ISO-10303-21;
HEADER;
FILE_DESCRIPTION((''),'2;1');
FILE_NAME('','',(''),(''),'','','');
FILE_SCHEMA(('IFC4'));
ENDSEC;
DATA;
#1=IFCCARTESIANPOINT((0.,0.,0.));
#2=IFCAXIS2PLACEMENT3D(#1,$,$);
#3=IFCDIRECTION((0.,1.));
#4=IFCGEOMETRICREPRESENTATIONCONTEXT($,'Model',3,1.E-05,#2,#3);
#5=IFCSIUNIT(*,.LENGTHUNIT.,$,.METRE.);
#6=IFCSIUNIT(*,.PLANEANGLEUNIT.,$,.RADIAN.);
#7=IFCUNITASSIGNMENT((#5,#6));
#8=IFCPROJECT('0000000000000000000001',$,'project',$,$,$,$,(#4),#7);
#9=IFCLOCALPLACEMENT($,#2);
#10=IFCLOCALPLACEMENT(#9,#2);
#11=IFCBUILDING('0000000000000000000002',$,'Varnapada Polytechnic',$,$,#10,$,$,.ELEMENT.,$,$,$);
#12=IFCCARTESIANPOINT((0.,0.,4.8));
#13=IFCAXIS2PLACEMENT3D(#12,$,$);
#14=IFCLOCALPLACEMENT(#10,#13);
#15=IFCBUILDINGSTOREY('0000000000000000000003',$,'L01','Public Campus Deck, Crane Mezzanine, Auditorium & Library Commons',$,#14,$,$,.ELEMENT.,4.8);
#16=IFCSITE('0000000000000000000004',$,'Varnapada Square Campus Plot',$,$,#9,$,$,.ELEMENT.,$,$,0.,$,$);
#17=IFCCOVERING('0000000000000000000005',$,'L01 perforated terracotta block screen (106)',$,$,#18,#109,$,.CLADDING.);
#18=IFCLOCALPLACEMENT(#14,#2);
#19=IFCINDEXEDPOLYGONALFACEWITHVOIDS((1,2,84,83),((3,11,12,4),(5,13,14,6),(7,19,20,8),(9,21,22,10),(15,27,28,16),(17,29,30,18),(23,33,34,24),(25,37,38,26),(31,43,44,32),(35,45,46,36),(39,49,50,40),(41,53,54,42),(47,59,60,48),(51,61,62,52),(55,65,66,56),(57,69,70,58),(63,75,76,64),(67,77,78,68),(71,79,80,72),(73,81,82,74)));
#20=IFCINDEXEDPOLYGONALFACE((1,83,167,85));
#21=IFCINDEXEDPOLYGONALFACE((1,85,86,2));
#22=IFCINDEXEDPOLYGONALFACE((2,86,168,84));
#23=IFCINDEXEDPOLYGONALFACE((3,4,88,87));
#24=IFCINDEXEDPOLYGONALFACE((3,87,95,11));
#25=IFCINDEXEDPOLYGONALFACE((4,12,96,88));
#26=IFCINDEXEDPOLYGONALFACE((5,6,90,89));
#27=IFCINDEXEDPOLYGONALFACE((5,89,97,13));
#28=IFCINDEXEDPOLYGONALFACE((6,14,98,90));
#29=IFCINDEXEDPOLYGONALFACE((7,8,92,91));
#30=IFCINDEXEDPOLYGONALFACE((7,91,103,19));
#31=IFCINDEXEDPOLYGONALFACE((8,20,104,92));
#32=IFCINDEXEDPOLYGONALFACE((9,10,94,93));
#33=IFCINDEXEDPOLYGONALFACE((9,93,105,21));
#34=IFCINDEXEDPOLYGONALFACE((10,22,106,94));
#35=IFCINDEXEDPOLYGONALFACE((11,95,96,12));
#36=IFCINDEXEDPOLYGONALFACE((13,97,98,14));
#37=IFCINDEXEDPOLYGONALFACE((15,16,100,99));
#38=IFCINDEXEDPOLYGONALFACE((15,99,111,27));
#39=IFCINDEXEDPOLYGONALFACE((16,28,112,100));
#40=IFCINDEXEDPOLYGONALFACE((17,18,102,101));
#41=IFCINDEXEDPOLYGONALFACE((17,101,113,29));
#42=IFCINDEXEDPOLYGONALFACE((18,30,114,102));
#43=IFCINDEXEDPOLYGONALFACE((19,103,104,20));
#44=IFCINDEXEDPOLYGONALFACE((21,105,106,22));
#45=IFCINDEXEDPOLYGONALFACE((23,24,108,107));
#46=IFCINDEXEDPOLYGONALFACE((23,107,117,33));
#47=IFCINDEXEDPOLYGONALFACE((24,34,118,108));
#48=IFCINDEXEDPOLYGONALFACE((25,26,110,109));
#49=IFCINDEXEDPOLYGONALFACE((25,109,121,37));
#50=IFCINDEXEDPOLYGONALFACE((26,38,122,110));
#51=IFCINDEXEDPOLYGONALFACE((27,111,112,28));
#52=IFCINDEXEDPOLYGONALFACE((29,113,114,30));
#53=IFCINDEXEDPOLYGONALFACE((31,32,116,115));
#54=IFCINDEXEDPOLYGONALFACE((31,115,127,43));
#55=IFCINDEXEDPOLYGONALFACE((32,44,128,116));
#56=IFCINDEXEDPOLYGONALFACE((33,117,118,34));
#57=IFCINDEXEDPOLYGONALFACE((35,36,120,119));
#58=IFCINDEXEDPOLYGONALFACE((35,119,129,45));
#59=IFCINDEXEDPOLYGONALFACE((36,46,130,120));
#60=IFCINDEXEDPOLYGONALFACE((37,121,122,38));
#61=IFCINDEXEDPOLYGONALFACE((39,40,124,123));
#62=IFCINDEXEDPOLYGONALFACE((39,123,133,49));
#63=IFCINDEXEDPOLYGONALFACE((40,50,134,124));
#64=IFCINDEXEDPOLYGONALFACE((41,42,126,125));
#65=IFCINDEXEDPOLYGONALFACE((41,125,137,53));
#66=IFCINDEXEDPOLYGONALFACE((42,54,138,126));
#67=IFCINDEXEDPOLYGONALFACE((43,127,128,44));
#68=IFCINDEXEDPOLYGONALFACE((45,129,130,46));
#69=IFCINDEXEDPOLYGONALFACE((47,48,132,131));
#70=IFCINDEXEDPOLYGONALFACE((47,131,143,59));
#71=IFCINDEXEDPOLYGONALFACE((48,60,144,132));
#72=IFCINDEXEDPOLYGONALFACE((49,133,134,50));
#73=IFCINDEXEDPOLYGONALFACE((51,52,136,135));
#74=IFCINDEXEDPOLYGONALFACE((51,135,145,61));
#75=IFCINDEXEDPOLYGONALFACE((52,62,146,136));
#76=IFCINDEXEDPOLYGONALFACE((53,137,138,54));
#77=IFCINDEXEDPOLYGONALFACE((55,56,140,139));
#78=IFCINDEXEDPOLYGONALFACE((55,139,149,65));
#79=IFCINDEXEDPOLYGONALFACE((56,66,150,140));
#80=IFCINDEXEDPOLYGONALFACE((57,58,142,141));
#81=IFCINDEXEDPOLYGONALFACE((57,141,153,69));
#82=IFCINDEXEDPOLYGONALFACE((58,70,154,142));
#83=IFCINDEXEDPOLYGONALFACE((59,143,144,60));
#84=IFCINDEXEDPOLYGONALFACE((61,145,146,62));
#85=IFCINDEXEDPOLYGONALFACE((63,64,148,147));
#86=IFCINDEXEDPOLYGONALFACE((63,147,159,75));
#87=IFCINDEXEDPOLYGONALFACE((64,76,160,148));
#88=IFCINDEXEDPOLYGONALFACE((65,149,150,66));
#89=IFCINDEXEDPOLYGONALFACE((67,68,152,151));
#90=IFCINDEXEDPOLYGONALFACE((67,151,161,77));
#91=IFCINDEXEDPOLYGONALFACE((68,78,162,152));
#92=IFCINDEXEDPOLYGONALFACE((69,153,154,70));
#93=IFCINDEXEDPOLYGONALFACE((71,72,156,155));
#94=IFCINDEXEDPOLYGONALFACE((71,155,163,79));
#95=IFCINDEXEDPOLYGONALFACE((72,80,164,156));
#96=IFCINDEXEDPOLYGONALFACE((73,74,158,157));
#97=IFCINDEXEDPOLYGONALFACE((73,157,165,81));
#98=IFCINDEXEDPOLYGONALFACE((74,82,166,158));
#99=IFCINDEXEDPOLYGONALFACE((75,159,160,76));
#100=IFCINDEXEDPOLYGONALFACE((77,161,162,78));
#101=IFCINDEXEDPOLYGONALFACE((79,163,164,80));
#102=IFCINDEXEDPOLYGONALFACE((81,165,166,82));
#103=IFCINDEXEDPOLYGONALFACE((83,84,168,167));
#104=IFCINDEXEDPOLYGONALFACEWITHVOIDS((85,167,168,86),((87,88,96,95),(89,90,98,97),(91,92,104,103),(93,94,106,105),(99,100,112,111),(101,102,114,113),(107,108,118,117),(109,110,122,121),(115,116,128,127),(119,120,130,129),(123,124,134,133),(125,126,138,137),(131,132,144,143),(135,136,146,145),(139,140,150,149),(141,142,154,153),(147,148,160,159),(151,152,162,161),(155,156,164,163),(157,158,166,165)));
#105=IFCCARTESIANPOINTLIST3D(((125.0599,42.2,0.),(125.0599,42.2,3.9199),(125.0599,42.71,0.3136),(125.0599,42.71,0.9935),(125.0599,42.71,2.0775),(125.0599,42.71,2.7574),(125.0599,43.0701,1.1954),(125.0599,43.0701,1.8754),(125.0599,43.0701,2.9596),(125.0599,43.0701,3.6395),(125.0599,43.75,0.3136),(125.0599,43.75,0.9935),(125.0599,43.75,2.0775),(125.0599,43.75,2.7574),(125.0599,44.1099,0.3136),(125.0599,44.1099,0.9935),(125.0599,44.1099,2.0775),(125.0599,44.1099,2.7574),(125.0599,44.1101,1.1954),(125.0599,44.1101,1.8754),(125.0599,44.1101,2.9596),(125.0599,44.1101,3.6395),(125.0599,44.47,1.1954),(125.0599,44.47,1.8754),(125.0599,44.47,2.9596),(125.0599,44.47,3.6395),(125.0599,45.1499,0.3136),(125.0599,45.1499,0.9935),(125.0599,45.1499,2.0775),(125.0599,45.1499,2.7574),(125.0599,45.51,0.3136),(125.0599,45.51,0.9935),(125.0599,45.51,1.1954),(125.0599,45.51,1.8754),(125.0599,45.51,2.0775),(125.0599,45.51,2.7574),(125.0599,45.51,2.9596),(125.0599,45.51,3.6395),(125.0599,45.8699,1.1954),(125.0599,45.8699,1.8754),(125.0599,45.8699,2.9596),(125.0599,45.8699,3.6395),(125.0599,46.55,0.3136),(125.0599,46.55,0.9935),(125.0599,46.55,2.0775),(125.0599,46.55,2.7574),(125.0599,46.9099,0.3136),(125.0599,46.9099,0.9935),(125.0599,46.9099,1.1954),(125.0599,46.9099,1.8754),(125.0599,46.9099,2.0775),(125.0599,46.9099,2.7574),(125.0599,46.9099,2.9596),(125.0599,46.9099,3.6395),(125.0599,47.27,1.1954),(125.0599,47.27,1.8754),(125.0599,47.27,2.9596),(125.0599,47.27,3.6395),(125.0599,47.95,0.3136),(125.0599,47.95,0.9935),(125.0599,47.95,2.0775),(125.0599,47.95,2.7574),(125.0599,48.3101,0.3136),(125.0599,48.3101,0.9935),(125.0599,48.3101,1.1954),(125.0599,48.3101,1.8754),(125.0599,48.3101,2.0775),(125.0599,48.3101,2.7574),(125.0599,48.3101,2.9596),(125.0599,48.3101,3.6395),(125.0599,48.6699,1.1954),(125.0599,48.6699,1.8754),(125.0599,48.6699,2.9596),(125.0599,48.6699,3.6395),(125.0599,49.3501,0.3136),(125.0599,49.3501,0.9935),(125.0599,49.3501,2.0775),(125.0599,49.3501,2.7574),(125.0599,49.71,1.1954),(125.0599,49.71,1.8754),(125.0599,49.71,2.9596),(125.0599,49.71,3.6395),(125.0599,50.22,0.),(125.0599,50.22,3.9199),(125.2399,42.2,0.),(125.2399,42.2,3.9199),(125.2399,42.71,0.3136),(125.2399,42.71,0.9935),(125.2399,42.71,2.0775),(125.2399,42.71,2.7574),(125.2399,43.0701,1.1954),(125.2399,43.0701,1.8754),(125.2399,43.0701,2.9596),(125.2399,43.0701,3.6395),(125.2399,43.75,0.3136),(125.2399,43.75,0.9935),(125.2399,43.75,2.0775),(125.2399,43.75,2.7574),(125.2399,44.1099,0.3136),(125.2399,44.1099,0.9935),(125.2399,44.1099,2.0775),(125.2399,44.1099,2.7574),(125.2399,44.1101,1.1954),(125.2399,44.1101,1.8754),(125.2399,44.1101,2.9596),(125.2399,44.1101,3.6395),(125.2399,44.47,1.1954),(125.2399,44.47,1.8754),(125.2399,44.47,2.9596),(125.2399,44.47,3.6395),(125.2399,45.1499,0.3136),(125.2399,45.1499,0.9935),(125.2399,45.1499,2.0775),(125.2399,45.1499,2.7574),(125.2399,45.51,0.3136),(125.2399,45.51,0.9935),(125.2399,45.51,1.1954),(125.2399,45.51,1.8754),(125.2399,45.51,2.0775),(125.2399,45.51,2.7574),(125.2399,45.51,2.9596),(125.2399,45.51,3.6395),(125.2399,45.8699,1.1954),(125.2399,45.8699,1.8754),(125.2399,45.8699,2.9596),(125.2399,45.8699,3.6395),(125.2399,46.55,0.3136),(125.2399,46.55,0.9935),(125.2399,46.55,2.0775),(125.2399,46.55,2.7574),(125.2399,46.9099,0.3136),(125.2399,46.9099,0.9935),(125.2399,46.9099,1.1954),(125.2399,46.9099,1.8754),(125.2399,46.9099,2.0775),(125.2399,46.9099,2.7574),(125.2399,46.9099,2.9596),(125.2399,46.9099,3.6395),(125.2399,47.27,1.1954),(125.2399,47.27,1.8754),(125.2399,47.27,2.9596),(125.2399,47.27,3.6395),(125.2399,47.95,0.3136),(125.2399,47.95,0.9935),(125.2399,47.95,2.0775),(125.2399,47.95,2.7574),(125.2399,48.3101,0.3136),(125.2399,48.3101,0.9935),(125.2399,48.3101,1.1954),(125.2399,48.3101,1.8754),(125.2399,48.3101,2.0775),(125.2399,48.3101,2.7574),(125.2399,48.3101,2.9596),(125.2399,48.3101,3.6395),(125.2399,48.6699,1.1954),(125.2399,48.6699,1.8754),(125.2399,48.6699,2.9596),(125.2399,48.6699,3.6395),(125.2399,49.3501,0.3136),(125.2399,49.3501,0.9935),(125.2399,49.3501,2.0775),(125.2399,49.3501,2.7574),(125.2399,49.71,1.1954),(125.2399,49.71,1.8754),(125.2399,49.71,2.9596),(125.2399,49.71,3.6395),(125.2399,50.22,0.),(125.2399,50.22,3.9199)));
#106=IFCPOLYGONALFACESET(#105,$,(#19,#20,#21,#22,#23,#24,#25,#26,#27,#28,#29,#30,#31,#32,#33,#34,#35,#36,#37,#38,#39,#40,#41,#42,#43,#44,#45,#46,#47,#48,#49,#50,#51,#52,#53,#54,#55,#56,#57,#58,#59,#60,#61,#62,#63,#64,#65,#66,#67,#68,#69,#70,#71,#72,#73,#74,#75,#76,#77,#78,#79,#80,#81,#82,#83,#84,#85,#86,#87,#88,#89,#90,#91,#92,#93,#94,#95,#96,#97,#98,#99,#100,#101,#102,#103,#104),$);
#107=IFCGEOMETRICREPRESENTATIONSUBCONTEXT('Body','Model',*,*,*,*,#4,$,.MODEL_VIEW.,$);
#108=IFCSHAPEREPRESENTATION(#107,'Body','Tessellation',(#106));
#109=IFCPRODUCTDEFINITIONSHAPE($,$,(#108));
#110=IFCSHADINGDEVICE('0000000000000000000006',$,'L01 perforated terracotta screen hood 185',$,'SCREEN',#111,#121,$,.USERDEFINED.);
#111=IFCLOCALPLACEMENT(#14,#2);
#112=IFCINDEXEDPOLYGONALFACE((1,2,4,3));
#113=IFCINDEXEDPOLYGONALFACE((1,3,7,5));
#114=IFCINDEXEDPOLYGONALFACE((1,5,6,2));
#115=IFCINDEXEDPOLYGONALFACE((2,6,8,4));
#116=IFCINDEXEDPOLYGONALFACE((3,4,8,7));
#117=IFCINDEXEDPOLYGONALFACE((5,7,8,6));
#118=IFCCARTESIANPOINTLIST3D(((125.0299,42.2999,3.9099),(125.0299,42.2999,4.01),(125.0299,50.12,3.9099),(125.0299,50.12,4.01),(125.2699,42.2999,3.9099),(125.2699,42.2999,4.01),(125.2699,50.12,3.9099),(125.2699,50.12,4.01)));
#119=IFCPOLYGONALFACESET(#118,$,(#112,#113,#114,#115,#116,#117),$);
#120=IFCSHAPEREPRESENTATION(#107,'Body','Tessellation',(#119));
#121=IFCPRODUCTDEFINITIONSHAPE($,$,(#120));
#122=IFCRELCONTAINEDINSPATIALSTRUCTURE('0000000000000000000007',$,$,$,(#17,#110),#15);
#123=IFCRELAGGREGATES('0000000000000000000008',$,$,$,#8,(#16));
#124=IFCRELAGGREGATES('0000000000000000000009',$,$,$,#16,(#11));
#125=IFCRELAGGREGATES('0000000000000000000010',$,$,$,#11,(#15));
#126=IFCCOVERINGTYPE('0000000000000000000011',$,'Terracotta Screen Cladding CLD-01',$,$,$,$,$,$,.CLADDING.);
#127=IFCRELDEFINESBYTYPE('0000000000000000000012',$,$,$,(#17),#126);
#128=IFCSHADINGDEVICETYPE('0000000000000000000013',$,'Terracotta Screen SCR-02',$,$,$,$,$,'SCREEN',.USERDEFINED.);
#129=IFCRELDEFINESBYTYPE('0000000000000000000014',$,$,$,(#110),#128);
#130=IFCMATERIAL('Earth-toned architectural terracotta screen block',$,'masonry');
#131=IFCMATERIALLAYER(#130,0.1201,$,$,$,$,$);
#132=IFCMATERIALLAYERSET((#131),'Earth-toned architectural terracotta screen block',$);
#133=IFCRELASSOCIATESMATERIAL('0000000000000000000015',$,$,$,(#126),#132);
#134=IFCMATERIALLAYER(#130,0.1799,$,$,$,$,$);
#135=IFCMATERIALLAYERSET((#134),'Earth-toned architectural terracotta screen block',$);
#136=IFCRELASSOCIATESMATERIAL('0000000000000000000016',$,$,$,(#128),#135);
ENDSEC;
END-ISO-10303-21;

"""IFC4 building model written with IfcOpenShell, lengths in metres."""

from ifc_helpers import new_model, si_unit, direction, frame, frame_2d, origin, origin_2d, place, context, subcontext, project, spatial, rectangle, extrude, material, layer, layer_set, type_object, element, save


model = new_model("IFC4")

# Units and contexts
model_context = context("Model", 3, precision=1e-05, world=origin(), true_north=direction((0.0, 1.0)))
body_context = subcontext(model_context, "Body", "Model", "MODEL_VIEW")
ifc_project = project(units=[si_unit("LENGTHUNIT", "METRE"), si_unit("PLANEANGLEUNIT", "RADIAN")], contexts=[model_context])

# Site, building, storey
site_placement = place(None, origin())
site = spatial("IfcSite", under=ifc_project, at=site_placement, Name="Varnapada Square Campus Plot", CompositionType="ELEMENT", RefElevation=0.0)
building_placement = place(site_placement, origin())
building = spatial("IfcBuilding", under=site, at=building_placement, Name="Varnapada Polytechnic", CompositionType="ELEMENT")
storey_placement = place(building_placement, frame((0.0, 0.0, 4.8)))
storey = spatial("IfcBuildingStorey", under=building, at=storey_placement, Name="L01", Description="Public Campus Deck, Crane Mezzanine, Auditorium & Library Commons", CompositionType="ELEMENT", Elevation=4.8)

# Covering, openings
ifc_material_1 = material(Name="Earth-toned architectural terracotta screen block", Category="masonry")
ifc_layer_1 = layer(ifc_material_1, 0.1201)
ifc_layer_set_1 = layer_set([ifc_layer_1], Name="Earth-toned architectural terracotta screen block")
covering_type = type_object("IfcCoveringType", Name="Terracotta Screen Cladding CLD-01", PredefinedType="CLADDING", material=ifc_layer_set_1)
covering_placement = place(storey_placement, frame((125.1499, 42.2, 0.0), z_axis=(0.0, 0.0, 1.0), x_axis=(0.0, 1.0, 0.0)))
covering = element("IfcCovering", 1, at=covering_placement, inside=storey, type_object=covering_type, Name="L01 perforated terracotta block screen (106)", PredefinedType="CLADDING", context=body_context, shape_type="SweptSolid", body=[
    extrude(rectangle(XDim=8.02, YDim=0.1799, at=frame_2d((4.01, 0.0))), origin(), (0.0, 0.0, 1.0), 3.9199),
])
opening_1_placement = place(covering_placement, frame((0.51, 0.0, 0.3137)))
element("IfcOpeningElement", 2, at=opening_1_placement, cuts=covering, PredefinedType="OPENING", context=body_context, shape_type="SweptSolid", body=[
    extrude(rectangle(XDim=1.04, YDim=0.6799, at=frame_2d((0.52, 0.3398))), frame((0.0, 0.0999, 0.0), z_axis=(0.0, -1.0, 0.0), x_axis=(1.0, 0.0, 0.0)), (0.0, 0.0, 1.0), 0.2),
])
opening_2_placement = place(covering_placement, frame((1.9099, 0.0, 0.3137)))
element("IfcOpeningElement", 3, at=opening_2_placement, cuts=covering, PredefinedType="OPENING", context=body_context, shape_type="SweptSolid", body=[
    extrude(rectangle(XDim=1.04, YDim=0.6799, at=frame_2d((0.52, 0.3398))), frame((0.0, 0.0999, 0.0), z_axis=(0.0, -1.0, 0.0), x_axis=(1.0, 0.0, 0.0)), (0.0, 0.0, 1.0), 0.2),
])
opening_3_placement = place(covering_placement, frame((3.3101, 0.0, 0.3137)))
element("IfcOpeningElement", 4, at=opening_3_placement, cuts=covering, PredefinedType="OPENING", context=body_context, shape_type="SweptSolid", body=[
    extrude(rectangle(XDim=1.04, YDim=0.6799, at=frame_2d((0.52, 0.3398))), frame((0.0, 0.0999, 0.0), z_axis=(0.0, -1.0, 0.0), x_axis=(1.0, 0.0, 0.0)), (0.0, 0.0, 1.0), 0.2),
])
opening_4_placement = place(covering_placement, frame((4.71, 0.0, 0.3137)))
element("IfcOpeningElement", 5, at=opening_4_placement, cuts=covering, PredefinedType="OPENING", context=body_context, shape_type="SweptSolid", body=[
    extrude(rectangle(XDim=1.04, YDim=0.6799, at=frame_2d((0.52, 0.3398))), frame((0.0, 0.0999, 0.0), z_axis=(0.0, -1.0, 0.0), x_axis=(1.0, 0.0, 0.0)), (0.0, 0.0, 1.0), 0.2),
])
opening_5_placement = place(covering_placement, frame((6.1101, 0.0, 0.3137)))
element("IfcOpeningElement", 6, at=opening_5_placement, cuts=covering, PredefinedType="OPENING", context=body_context, shape_type="SweptSolid", body=[
    extrude(rectangle(XDim=1.04, YDim=0.6799, at=frame_2d((0.52, 0.3398))), frame((0.0, 0.0999, 0.0), z_axis=(0.0, -1.0, 0.0), x_axis=(1.0, 0.0, 0.0)), (0.0, 0.0, 1.0), 0.2),
])
opening_6_placement = place(covering_placement, frame((0.8701, 0.0, 1.1956)))
element("IfcOpeningElement", 7, at=opening_6_placement, cuts=covering, PredefinedType="OPENING", context=body_context, shape_type="SweptSolid", body=[
    extrude(rectangle(XDim=1.04, YDim=0.6799, at=frame_2d((0.52, 0.3398))), frame((0.0, 0.0999, 0.0), z_axis=(0.0, -1.0, 0.0), x_axis=(1.0, 0.0, 0.0)), (0.0, 0.0, 1.0), 0.2),
])
opening_7_placement = place(covering_placement, frame((2.27, 0.0, 1.1956)))
element("IfcOpeningElement", 8, at=opening_7_placement, cuts=covering, PredefinedType="OPENING", context=body_context, shape_type="SweptSolid", body=[
    extrude(rectangle(XDim=1.04, YDim=0.6799, at=frame_2d((0.52, 0.3398))), frame((0.0, 0.0999, 0.0), z_axis=(0.0, -1.0, 0.0), x_axis=(1.0, 0.0, 0.0)), (0.0, 0.0, 1.0), 0.2),
])
opening_8_placement = place(covering_placement, frame((3.6699, 0.0, 1.1956)))
element("IfcOpeningElement", 9, at=opening_8_placement, cuts=covering, PredefinedType="OPENING", context=body_context, shape_type="SweptSolid", body=[
    extrude(rectangle(XDim=1.04, YDim=0.6799, at=frame_2d((0.52, 0.3398))), frame((0.0, 0.0999, 0.0), z_axis=(0.0, -1.0, 0.0), x_axis=(1.0, 0.0, 0.0)), (0.0, 0.0, 1.0), 0.2),
])
opening_9_placement = place(covering_placement, frame((5.0701, 0.0, 1.1956)))
element("IfcOpeningElement", 10, at=opening_9_placement, cuts=covering, PredefinedType="OPENING", context=body_context, shape_type="SweptSolid", body=[
    extrude(rectangle(XDim=1.04, YDim=0.6799, at=frame_2d((0.52, 0.3398))), frame((0.0, 0.0999, 0.0), z_axis=(0.0, -1.0, 0.0), x_axis=(1.0, 0.0, 0.0)), (0.0, 0.0, 1.0), 0.2),
])
opening_10_placement = place(covering_placement, frame((6.47, 0.0, 1.1956)))
element("IfcOpeningElement", 11, at=opening_10_placement, cuts=covering, PredefinedType="OPENING", context=body_context, shape_type="SweptSolid", body=[
    extrude(rectangle(XDim=1.04, YDim=0.6799, at=frame_2d((0.52, 0.3398))), frame((0.0, 0.0999, 0.0), z_axis=(0.0, -1.0, 0.0), x_axis=(1.0, 0.0, 0.0)), (0.0, 0.0, 1.0), 0.2),
])
opening_11_placement = place(covering_placement, frame((0.51, 0.0, 2.0776)))
element("IfcOpeningElement", 12, at=opening_11_placement, cuts=covering, PredefinedType="OPENING", context=body_context, shape_type="SweptSolid", body=[
    extrude(rectangle(XDim=1.04, YDim=0.6799, at=frame_2d((0.52, 0.3398))), frame((0.0, 0.0999, 0.0), z_axis=(0.0, -1.0, 0.0), x_axis=(1.0, 0.0, 0.0)), (0.0, 0.0, 1.0), 0.2),
])
opening_12_placement = place(covering_placement, frame((1.9099, 0.0, 2.0776)))
element("IfcOpeningElement", 13, at=opening_12_placement, cuts=covering, PredefinedType="OPENING", context=body_context, shape_type="SweptSolid", body=[
    extrude(rectangle(XDim=1.04, YDim=0.6799, at=frame_2d((0.52, 0.3398))), frame((0.0, 0.0999, 0.0), z_axis=(0.0, -1.0, 0.0), x_axis=(1.0, 0.0, 0.0)), (0.0, 0.0, 1.0), 0.2),
])
opening_13_placement = place(covering_placement, frame((3.3101, 0.0, 2.0776)))
element("IfcOpeningElement", 14, at=opening_13_placement, cuts=covering, PredefinedType="OPENING", context=body_context, shape_type="SweptSolid", body=[
    extrude(rectangle(XDim=1.04, YDim=0.6799, at=frame_2d((0.52, 0.3398))), frame((0.0, 0.0999, 0.0), z_axis=(0.0, -1.0, 0.0), x_axis=(1.0, 0.0, 0.0)), (0.0, 0.0, 1.0), 0.2),
])
opening_14_placement = place(covering_placement, frame((4.71, 0.0, 2.0776)))
element("IfcOpeningElement", 15, at=opening_14_placement, cuts=covering, PredefinedType="OPENING", context=body_context, shape_type="SweptSolid", body=[
    extrude(rectangle(XDim=1.04, YDim=0.6799, at=frame_2d((0.52, 0.3398))), frame((0.0, 0.0999, 0.0), z_axis=(0.0, -1.0, 0.0), x_axis=(1.0, 0.0, 0.0)), (0.0, 0.0, 1.0), 0.2),
])
opening_15_placement = place(covering_placement, frame((6.1101, 0.0, 2.0776)))
element("IfcOpeningElement", 16, at=opening_15_placement, cuts=covering, PredefinedType="OPENING", context=body_context, shape_type="SweptSolid", body=[
    extrude(rectangle(XDim=1.04, YDim=0.6799, at=frame_2d((0.52, 0.3398))), frame((0.0, 0.0999, 0.0), z_axis=(0.0, -1.0, 0.0), x_axis=(1.0, 0.0, 0.0)), (0.0, 0.0, 1.0), 0.2),
])
opening_16_placement = place(covering_placement, frame((0.8701, 0.0, 2.9597)))
element("IfcOpeningElement", 17, at=opening_16_placement, cuts=covering, PredefinedType="OPENING", context=body_context, shape_type="SweptSolid", body=[
    extrude(rectangle(XDim=1.04, YDim=0.6799, at=frame_2d((0.52, 0.3398))), frame((0.0, 0.0999, 0.0), z_axis=(0.0, -1.0, 0.0), x_axis=(1.0, 0.0, 0.0)), (0.0, 0.0, 1.0), 0.2),
])
opening_17_placement = place(covering_placement, frame((2.27, 0.0, 2.9597)))
element("IfcOpeningElement", 18, at=opening_17_placement, cuts=covering, PredefinedType="OPENING", context=body_context, shape_type="SweptSolid", body=[
    extrude(rectangle(XDim=1.04, YDim=0.6799, at=frame_2d((0.52, 0.3398))), frame((0.0, 0.0999, 0.0), z_axis=(0.0, -1.0, 0.0), x_axis=(1.0, 0.0, 0.0)), (0.0, 0.0, 1.0), 0.2),
])
opening_18_placement = place(covering_placement, frame((3.6699, 0.0, 2.9597)))
element("IfcOpeningElement", 19, at=opening_18_placement, cuts=covering, PredefinedType="OPENING", context=body_context, shape_type="SweptSolid", body=[
    extrude(rectangle(XDim=1.04, YDim=0.6799, at=frame_2d((0.52, 0.3398))), frame((0.0, 0.0999, 0.0), z_axis=(0.0, -1.0, 0.0), x_axis=(1.0, 0.0, 0.0)), (0.0, 0.0, 1.0), 0.2),
])
opening_19_placement = place(covering_placement, frame((5.0701, 0.0, 2.9597)))
element("IfcOpeningElement", 20, at=opening_19_placement, cuts=covering, PredefinedType="OPENING", context=body_context, shape_type="SweptSolid", body=[
    extrude(rectangle(XDim=1.04, YDim=0.6799, at=frame_2d((0.52, 0.3398))), frame((0.0, 0.0999, 0.0), z_axis=(0.0, -1.0, 0.0), x_axis=(1.0, 0.0, 0.0)), (0.0, 0.0, 1.0), 0.2),
])
opening_20_placement = place(covering_placement, frame((6.47, 0.0, 2.9597)))
element("IfcOpeningElement", 21, at=opening_20_placement, cuts=covering, PredefinedType="OPENING", context=body_context, shape_type="SweptSolid", body=[
    extrude(rectangle(XDim=1.04, YDim=0.6799, at=frame_2d((0.52, 0.3398))), frame((0.0, 0.0999, 0.0), z_axis=(0.0, -1.0, 0.0), x_axis=(1.0, 0.0, 0.0)), (0.0, 0.0, 1.0), 0.2),
])

# Shading device
ifc_layer_2 = layer(ifc_material_1, 0.1799)
ifc_layer_set_2 = layer_set([ifc_layer_2], Name="Earth-toned architectural terracotta screen block")
shading_device_type = type_object("IfcShadingDeviceType", Name="Terracotta Screen SCR-02", ElementType="SCREEN", PredefinedType="USERDEFINED", material=ifc_layer_set_2)
shading_device_placement = place(storey_placement, frame((125.1499, 46.21, 3.9099), z_axis=(0.0, 0.0, 1.0), x_axis=(0.0, 1.0, 0.0)))
element("IfcShadingDevice", 22, at=shading_device_placement, inside=storey, type_object=shading_device_type, Name="L01 perforated terracotta screen hood 185", ObjectType="SCREEN", PredefinedType="USERDEFINED", context=body_context, shape_type="SweptSolid", body=[
    extrude(rectangle(XDim=7.8201, YDim=0.24, at=origin_2d()), origin(), (0.0, 0.0, 1.0), 0.1001),
])

save(model, "model.ifc")
